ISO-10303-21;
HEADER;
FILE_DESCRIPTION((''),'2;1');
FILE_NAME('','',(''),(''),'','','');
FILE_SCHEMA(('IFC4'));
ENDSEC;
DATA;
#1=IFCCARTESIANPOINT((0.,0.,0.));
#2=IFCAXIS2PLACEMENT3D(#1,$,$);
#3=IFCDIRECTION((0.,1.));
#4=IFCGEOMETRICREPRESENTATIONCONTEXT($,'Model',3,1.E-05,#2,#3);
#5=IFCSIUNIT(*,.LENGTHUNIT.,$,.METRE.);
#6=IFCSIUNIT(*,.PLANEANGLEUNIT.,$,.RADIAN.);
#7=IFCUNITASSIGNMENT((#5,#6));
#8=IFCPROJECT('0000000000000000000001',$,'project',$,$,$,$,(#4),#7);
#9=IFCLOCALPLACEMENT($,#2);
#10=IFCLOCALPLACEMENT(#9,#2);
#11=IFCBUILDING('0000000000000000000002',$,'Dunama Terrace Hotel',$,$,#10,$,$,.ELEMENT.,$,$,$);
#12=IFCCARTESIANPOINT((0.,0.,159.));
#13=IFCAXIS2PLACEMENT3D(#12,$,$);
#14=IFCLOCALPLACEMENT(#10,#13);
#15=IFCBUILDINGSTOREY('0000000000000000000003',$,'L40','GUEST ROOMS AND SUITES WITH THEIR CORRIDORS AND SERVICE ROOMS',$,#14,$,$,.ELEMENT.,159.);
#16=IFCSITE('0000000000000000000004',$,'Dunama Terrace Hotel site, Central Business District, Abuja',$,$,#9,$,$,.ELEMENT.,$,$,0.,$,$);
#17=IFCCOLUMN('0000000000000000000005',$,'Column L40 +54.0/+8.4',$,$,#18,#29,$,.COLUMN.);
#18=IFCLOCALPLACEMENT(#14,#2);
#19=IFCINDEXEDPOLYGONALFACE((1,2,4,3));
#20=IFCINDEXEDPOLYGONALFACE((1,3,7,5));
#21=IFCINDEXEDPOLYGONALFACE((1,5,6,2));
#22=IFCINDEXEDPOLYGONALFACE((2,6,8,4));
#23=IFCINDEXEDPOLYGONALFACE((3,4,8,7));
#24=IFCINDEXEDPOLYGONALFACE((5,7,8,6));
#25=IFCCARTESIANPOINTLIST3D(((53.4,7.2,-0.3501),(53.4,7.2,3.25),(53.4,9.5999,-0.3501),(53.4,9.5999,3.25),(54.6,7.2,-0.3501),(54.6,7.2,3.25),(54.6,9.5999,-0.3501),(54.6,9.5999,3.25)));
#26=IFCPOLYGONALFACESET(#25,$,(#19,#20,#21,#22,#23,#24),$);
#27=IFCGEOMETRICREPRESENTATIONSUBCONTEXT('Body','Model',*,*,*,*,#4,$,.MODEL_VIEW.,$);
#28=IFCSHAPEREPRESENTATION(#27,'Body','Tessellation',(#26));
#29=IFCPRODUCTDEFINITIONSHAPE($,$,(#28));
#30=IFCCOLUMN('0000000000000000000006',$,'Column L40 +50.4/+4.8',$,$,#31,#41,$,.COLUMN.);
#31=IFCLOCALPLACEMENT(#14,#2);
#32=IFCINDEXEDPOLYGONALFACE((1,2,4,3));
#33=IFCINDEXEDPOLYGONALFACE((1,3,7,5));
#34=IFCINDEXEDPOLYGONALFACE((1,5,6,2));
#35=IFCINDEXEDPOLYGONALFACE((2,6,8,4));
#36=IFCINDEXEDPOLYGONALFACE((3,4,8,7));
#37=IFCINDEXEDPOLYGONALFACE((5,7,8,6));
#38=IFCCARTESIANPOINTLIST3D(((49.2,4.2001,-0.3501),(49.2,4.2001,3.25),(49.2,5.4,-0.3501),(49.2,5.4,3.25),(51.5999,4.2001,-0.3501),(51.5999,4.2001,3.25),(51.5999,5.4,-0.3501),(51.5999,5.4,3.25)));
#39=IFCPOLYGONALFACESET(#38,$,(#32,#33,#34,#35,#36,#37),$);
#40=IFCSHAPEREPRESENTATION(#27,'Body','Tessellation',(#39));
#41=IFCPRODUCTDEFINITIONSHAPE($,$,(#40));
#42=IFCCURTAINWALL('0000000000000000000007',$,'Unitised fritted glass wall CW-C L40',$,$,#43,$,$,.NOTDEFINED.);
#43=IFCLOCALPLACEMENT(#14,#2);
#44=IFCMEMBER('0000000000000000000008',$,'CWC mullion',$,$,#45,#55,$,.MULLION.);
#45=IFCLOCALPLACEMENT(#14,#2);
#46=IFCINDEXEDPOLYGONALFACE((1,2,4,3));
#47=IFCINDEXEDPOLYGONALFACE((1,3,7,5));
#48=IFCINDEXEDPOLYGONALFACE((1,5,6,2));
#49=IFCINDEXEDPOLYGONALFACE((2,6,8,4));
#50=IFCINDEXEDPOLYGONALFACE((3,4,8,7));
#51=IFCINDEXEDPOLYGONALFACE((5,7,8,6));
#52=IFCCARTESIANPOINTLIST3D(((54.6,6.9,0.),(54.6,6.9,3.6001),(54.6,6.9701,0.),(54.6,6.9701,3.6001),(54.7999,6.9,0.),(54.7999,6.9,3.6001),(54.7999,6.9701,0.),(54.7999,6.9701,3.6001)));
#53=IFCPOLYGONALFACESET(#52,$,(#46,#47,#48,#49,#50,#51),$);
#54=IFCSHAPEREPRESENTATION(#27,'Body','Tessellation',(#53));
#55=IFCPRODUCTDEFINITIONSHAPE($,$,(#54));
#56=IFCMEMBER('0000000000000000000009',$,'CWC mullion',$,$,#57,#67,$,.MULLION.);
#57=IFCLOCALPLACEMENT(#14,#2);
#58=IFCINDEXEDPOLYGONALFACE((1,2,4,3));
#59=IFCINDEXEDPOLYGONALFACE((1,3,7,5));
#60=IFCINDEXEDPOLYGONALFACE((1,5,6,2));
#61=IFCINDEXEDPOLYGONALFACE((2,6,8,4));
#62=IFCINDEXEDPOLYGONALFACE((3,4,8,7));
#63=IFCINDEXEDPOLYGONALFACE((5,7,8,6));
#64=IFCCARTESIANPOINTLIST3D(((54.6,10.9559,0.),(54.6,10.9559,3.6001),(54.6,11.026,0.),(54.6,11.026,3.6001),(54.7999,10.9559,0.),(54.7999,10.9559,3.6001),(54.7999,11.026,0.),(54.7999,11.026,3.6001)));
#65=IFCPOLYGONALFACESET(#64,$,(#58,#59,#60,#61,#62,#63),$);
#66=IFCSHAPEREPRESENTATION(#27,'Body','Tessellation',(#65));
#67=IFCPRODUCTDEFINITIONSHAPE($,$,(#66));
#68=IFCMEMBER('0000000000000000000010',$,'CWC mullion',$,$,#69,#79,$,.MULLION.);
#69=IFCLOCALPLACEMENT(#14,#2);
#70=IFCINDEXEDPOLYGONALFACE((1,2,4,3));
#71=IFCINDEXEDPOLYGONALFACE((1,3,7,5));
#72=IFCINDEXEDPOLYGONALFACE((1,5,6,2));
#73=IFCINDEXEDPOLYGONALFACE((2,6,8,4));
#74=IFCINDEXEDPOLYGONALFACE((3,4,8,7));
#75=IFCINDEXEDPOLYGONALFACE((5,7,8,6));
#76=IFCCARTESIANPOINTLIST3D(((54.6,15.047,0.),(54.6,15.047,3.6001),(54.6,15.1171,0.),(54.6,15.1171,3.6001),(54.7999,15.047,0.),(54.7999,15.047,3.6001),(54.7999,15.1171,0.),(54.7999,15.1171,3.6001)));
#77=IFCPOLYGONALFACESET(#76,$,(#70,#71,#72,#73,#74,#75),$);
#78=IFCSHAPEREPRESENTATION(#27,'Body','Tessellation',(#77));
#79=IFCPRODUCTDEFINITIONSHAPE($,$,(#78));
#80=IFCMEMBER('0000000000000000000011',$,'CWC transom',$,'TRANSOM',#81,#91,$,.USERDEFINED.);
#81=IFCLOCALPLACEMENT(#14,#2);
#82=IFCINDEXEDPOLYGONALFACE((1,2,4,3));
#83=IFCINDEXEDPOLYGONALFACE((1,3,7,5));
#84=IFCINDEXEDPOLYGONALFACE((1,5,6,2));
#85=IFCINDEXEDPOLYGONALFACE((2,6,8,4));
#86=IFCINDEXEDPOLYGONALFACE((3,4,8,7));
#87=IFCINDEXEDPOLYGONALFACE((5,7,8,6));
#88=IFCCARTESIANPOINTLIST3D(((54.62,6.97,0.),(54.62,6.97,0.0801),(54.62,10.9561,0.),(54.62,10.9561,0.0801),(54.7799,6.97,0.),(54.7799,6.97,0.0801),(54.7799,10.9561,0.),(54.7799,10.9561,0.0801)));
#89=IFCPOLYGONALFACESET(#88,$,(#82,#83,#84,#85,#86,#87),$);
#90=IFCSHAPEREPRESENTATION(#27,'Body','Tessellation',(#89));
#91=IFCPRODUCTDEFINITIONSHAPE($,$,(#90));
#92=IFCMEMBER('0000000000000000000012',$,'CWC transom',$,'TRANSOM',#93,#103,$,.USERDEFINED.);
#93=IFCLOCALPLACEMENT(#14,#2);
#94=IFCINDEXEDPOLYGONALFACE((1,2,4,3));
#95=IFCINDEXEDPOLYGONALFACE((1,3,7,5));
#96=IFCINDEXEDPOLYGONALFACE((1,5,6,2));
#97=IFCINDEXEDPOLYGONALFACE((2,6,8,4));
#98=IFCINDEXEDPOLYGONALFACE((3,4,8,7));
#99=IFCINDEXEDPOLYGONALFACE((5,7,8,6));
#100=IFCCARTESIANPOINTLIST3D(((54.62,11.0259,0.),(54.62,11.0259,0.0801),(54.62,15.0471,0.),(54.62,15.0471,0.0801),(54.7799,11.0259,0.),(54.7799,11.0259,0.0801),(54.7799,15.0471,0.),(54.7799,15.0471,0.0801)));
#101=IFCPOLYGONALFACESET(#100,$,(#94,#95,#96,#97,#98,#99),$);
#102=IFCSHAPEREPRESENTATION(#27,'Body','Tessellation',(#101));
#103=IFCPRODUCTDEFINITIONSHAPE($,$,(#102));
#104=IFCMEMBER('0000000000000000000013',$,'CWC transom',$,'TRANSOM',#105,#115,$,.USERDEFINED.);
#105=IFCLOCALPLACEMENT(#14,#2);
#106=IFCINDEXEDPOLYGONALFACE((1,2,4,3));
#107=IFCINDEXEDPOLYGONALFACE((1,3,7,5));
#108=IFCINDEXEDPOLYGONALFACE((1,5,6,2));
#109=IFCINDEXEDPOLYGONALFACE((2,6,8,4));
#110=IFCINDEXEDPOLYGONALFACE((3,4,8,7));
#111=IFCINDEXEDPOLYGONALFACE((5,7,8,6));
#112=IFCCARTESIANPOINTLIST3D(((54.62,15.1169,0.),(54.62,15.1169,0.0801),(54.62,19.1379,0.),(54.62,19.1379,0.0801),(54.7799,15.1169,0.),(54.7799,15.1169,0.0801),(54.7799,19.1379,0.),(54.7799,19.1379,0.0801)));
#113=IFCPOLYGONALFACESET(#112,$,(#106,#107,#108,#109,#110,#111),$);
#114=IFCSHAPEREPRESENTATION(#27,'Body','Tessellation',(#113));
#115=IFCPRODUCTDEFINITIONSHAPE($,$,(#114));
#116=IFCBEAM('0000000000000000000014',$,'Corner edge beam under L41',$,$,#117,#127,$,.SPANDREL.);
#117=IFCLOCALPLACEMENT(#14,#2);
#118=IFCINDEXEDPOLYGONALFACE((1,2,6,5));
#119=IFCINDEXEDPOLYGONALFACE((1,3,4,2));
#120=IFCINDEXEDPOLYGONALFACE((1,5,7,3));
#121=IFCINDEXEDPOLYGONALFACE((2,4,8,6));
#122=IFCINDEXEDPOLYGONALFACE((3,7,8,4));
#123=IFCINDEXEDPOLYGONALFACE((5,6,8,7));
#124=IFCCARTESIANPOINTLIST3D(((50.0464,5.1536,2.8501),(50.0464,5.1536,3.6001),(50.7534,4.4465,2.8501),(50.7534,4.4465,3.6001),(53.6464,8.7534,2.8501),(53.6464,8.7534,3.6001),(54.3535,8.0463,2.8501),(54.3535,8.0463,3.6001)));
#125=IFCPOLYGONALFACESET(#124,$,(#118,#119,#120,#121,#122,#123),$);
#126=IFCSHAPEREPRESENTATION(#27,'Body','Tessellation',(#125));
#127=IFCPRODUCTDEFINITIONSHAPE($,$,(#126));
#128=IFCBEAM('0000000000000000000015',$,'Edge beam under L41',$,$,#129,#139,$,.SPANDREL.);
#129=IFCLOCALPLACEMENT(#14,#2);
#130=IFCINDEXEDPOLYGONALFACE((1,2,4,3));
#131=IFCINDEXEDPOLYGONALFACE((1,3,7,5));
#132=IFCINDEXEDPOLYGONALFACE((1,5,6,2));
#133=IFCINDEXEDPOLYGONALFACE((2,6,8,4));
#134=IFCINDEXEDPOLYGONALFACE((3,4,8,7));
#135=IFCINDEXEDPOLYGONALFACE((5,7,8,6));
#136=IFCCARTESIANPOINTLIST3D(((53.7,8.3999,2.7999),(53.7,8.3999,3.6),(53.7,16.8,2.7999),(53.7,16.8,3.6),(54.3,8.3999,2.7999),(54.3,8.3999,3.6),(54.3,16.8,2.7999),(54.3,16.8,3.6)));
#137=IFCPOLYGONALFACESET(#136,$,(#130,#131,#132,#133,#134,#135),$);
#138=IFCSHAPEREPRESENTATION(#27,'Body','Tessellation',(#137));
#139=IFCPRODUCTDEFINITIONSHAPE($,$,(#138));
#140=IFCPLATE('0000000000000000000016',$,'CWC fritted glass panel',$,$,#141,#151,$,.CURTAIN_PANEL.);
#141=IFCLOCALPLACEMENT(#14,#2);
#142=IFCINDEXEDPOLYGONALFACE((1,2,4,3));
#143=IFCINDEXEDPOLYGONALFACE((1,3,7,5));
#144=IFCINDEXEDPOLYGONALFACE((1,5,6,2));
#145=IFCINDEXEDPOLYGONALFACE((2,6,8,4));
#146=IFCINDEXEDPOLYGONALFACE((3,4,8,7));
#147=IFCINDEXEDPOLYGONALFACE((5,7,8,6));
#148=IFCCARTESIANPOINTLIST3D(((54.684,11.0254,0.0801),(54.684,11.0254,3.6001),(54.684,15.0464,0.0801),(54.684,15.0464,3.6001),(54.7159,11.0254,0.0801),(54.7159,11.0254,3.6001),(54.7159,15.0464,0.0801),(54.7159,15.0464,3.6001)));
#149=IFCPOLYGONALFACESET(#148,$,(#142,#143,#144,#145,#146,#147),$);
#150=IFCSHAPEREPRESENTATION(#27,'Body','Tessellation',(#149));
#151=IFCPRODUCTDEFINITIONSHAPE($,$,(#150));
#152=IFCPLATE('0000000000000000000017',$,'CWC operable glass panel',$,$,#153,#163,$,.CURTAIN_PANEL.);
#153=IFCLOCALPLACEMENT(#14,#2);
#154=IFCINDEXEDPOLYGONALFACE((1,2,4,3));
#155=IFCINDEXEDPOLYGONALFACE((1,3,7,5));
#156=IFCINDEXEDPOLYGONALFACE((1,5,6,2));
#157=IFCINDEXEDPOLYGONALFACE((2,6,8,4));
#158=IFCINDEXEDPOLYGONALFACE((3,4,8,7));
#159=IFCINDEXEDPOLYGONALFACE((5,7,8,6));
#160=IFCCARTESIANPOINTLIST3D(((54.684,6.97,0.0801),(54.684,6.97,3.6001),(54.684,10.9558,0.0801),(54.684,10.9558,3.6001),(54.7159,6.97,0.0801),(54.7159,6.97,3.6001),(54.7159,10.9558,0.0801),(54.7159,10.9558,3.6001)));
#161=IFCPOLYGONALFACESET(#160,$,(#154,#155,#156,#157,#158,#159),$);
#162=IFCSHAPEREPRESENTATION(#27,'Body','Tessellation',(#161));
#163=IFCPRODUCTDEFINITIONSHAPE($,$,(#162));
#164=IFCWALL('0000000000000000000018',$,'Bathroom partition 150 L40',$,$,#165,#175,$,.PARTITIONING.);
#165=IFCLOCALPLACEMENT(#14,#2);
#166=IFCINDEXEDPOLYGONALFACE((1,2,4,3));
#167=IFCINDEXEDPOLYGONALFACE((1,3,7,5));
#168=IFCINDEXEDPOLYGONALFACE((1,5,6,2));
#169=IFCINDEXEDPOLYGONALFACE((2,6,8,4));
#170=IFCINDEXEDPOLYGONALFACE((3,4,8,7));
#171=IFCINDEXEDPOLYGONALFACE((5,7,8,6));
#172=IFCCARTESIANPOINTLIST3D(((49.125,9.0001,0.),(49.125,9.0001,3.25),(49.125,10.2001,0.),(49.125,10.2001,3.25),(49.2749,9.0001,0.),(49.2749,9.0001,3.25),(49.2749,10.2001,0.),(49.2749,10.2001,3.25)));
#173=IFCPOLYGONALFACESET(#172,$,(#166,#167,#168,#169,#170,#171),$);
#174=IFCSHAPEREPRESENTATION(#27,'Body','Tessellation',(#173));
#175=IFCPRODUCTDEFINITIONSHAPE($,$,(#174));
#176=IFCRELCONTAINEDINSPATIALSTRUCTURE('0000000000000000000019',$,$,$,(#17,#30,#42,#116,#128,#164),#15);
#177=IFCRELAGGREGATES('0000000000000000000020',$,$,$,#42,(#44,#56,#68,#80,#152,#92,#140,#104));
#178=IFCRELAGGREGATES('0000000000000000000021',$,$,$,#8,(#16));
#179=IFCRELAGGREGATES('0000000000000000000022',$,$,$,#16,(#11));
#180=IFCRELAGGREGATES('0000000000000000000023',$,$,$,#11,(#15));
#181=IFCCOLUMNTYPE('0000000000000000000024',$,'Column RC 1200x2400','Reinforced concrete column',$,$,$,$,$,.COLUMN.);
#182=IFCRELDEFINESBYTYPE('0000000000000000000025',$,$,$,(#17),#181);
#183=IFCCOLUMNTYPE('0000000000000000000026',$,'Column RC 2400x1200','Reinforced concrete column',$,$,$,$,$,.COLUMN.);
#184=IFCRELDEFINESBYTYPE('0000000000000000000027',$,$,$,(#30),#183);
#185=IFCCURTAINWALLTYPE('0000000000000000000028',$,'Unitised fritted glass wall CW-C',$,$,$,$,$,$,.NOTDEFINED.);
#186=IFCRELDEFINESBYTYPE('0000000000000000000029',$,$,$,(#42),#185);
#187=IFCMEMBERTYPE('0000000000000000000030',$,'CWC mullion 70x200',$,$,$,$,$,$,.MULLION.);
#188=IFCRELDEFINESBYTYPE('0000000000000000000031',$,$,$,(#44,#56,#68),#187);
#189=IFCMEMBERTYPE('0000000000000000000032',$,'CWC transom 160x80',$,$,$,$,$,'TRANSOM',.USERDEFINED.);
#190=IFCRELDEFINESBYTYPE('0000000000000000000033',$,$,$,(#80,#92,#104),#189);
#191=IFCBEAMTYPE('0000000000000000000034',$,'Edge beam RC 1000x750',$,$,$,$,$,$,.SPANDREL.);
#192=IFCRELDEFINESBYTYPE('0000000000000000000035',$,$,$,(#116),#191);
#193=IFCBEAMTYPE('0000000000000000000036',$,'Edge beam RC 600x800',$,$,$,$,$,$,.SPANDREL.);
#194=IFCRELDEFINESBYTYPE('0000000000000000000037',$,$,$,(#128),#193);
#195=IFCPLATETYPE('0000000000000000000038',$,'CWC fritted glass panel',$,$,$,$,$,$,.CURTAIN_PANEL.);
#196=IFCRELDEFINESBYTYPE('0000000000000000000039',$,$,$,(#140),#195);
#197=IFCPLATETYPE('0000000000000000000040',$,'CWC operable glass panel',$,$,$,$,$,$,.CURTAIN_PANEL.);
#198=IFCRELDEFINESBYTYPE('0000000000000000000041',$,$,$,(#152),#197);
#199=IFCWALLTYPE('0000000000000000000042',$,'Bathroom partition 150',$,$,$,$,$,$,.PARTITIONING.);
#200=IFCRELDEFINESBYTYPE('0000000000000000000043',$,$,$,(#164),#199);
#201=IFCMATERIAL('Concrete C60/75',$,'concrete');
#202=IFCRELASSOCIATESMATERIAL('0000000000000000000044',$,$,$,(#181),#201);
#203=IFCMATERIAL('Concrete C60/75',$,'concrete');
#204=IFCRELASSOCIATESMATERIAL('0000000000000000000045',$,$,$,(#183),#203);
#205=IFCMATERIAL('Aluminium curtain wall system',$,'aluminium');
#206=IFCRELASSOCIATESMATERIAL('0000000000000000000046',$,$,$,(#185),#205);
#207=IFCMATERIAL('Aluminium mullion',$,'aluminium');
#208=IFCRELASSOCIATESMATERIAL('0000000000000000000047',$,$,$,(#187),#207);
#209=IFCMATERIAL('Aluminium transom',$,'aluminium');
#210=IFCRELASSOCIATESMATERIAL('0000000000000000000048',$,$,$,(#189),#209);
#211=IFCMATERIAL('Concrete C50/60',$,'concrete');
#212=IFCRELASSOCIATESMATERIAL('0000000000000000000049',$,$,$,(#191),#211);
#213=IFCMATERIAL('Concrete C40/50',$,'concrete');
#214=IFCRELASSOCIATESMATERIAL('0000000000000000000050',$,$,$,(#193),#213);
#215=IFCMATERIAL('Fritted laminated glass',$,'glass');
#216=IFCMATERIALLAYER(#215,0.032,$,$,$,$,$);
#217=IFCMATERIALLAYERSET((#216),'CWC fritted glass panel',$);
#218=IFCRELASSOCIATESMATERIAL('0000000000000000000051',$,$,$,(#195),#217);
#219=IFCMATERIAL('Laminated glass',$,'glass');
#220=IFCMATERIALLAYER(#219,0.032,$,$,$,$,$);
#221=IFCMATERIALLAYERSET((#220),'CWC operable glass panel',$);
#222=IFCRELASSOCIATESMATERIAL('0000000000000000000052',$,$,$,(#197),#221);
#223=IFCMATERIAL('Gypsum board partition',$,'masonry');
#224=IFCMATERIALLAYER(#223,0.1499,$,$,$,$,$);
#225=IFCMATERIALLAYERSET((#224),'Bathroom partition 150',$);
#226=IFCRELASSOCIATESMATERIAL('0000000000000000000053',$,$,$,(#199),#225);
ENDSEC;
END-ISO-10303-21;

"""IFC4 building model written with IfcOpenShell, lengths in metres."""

from ifc_helpers import new_model, si_unit, direction, frame, frame_2d, origin, origin_2d, place, context, subcontext, project, spatial, rectangle, extrude, material, layer, layer_set, material_profile, profile_set, type_object, element, aggregate, save


model = new_model("IFC4")

# Units and contexts
model_context = context("Model", 3, precision=1e-05, world=origin(), true_north=direction((0.0, 1.0)))
body_context = subcontext(model_context, "Body", "Model", "MODEL_VIEW")
ifc_project = project(units=[si_unit("LENGTHUNIT", "METRE"), si_unit("PLANEANGLEUNIT", "RADIAN")], contexts=[model_context])

# Site, building, storey
site_placement = place(None, origin())
site = spatial("IfcSite", under=ifc_project, at=site_placement, Name="Dunama Terrace Hotel site, Central Business District, Abuja", CompositionType="ELEMENT", RefElevation=0.0)
building_placement = place(site_placement, origin())
building = spatial("IfcBuilding", under=site, at=building_placement, Name="Dunama Terrace Hotel", CompositionType="ELEMENT")
storey_placement = place(building_placement, frame((0.0, 0.0, 159.0)))
storey = spatial("IfcBuildingStorey", under=building, at=storey_placement, Name="L40", Description="GUEST ROOMS AND SUITES WITH THEIR CORRIDORS AND SERVICE ROOMS", CompositionType="ELEMENT", Elevation=159.0)

# Columns
ifc_material_1 = material(Name="Concrete C60/75", Category="concrete")
ifc_material_profile_1 = material_profile(ifc_material_1, rectangle(XDim=1.2, YDim=2.3999, at=origin_2d()), Name="RC 1200x2400")
ifc_profile_set_1 = profile_set([ifc_material_profile_1], Name="Concrete C60/75")
column_type_1 = type_object("IfcColumnType", Name="Column RC 1200x2400", Description="Reinforced concrete column", PredefinedType="COLUMN", material=ifc_profile_set_1)
column_1_placement = place(storey_placement, frame((54.0, 8.3999, -0.3501), z_axis=(0.0, 0.0, 1.0), x_axis=(1.0, 0.0, 0.0)))
element("IfcColumn", 1, at=column_1_placement, inside=storey, type_object=column_type_1, Name="Column L40 +54.0/+8.4", PredefinedType="COLUMN", context=body_context, shape_type="SweptSolid", body=[
    extrude(rectangle(XDim=1.2, YDim=2.3999, at=origin_2d()), origin(), (0.0, 0.0, 1.0), 3.6001),
])
ifc_material_2 = material(Name="Concrete C60/75", Category="concrete")
ifc_material_profile_2 = material_profile(ifc_material_2, rectangle(XDim=2.3999, YDim=1.2, at=origin_2d()), Name="RC 2400x1200")
ifc_profile_set_2 = profile_set([ifc_material_profile_2], Name="Concrete C60/75")
column_type_2 = type_object("IfcColumnType", Name="Column RC 2400x1200", Description="Reinforced concrete column", PredefinedType="COLUMN", material=ifc_profile_set_2)
column_2_placement = place(storey_placement, frame((50.3999, 4.8, -0.3501), z_axis=(0.0, 0.0, 1.0), x_axis=(1.0, 0.0, 0.0)))
element("IfcColumn", 2, at=column_2_placement, inside=storey, type_object=column_type_2, Name="Column L40 +50.4/+4.8", PredefinedType="COLUMN", context=body_context, shape_type="SweptSolid", body=[
    extrude(rectangle(XDim=2.3999, YDim=1.2, at=origin_2d()), origin(), (0.0, 0.0, 1.0), 3.6001),
])

# Curtain wall, members
ifc_material_3 = material(Name="Aluminium curtain wall system", Category="aluminium")
curtain_wall_type = type_object("IfcCurtainWallType", Name="Unitised fritted glass wall CW-C", PredefinedType="NOTDEFINED", material=ifc_material_3)
curtain_wall_placement = place(storey_placement, origin())
curtain_wall = element("IfcCurtainWall", 3, at=curtain_wall_placement, inside=storey, type_object=curtain_wall_type, Name="Unitised fritted glass wall CW-C L40", PredefinedType="NOTDEFINED")
ifc_material_4 = material(Name="Aluminium mullion", Category="aluminium")
ifc_material_profile_3 = material_profile(ifc_material_4, rectangle(XDim=0.0701, YDim=0.2, at=origin_2d()), Name="CWC MULLION 70X200")
ifc_profile_set_3 = profile_set([ifc_material_profile_3], Name="Aluminium mullion")
member_type_1 = type_object("IfcMemberType", Name="CWC mullion 70x200", PredefinedType="MULLION", material=ifc_profile_set_3)
member_1_placement = place(storey_placement, frame((54.7, 6.9351, 0.0), z_axis=(0.0, 0.0, 1.0), x_axis=(0.0, 1.0, 0.0)))
member_1 = element("IfcMember", 4, at=member_1_placement, type_object=member_type_1, Name="CWC mullion", PredefinedType="MULLION", context=body_context, shape_type="SweptSolid", body=[
    extrude(rectangle(XDim=0.0701, YDim=0.2, at=origin_2d()), origin(), (0.0, 0.0, 1.0), 3.6001),
])
member_2_placement = place(storey_placement, frame((54.7, 10.991, 0.0), z_axis=(0.0, 0.0, 1.0), x_axis=(0.0, 1.0, 0.0)))
member_2 = element("IfcMember", 5, at=member_2_placement, type_object=member_type_1, Name="CWC mullion", PredefinedType="MULLION", context=body_context, shape_type="SweptSolid", body=[
    extrude(rectangle(XDim=0.0701, YDim=0.2, at=origin_2d()), origin(), (0.0, 0.0, 1.0), 3.6001),
])
member_3_placement = place(storey_placement, frame((54.7, 15.082, 0.0), z_axis=(0.0, 0.0, 1.0), x_axis=(0.0, 1.0, 0.0)))
member_3 = element("IfcMember", 6, at=member_3_placement, type_object=member_type_1, Name="CWC mullion", PredefinedType="MULLION", context=body_context, shape_type="SweptSolid", body=[
    extrude(rectangle(XDim=0.0701, YDim=0.2, at=origin_2d()), origin(), (0.0, 0.0, 1.0), 3.6001),
])
ifc_material_5 = material(Name="Aluminium transom", Category="aluminium")
ifc_material_profile_4 = material_profile(ifc_material_5, rectangle(XDim=0.1599, YDim=0.0801, at=origin_2d()), Name="CWC TRANSOM 160X80")
ifc_profile_set_4 = profile_set([ifc_material_profile_4], Name="Aluminium transom")
member_type_2 = type_object("IfcMemberType", Name="CWC transom 160x80", ElementType="TRANSOM", PredefinedType="USERDEFINED", material=ifc_profile_set_4)
member_4_placement = place(storey_placement, frame((54.7, 6.97, 0.04), z_axis=(0.0, 1.0, 0.0), x_axis=(-1.0, 0.0, 0.0)))
member_4 = element("IfcMember", 7, at=member_4_placement, type_object=member_type_2, Name="CWC transom", ObjectType="TRANSOM", PredefinedType="USERDEFINED", context=body_context, shape_type="SweptSolid", body=[
    extrude(rectangle(XDim=0.1599, YDim=0.0801, at=origin_2d()), origin(), (0.0, 0.0, 1.0), 3.9861),
])
member_5_placement = place(storey_placement, frame((54.7, 11.0259, 0.04), z_axis=(0.0, 1.0, 0.0), x_axis=(-1.0, 0.0, 0.0)))
member_5 = element("IfcMember", 8, at=member_5_placement, type_object=member_type_2, Name="CWC transom", ObjectType="TRANSOM", PredefinedType="USERDEFINED", context=body_context, shape_type="SweptSolid", body=[
    extrude(rectangle(XDim=0.1599, YDim=0.0801, at=origin_2d()), origin(), (0.0, 0.0, 1.0), 4.0212),
])
member_6_placement = place(storey_placement, frame((54.7, 15.1169, 0.04), z_axis=(0.0, 1.0, 0.0), x_axis=(-1.0, 0.0, 0.0)))
member_6 = element("IfcMember", 9, at=member_6_placement, type_object=member_type_2, Name="CWC transom", ObjectType="TRANSOM", PredefinedType="USERDEFINED", context=body_context, shape_type="SweptSolid", body=[
    extrude(rectangle(XDim=0.1599, YDim=0.0801, at=origin_2d()), origin(), (0.0, 0.0, 1.0), 4.021),
])

# Beams
ifc_material_6 = material(Name="Concrete C50/60", Category="concrete")
ifc_material_profile_5 = material_profile(ifc_material_6, rectangle(XDim=1.0, YDim=0.75, at=origin_2d()), Name="RC 1000x750")
ifc_profile_set_5 = profile_set([ifc_material_profile_5], Name="Concrete C50/60")
beam_type_1 = type_object("IfcBeamType", Name="Edge beam RC 1000x750", PredefinedType="SPANDREL", material=ifc_profile_set_5)
beam_1_placement = place(storey_placement, frame((50.3999, 4.8, 3.2251), z_axis=(0.707131, 0.707083, 0.0), x_axis=(-0.707083, 0.707131, 0.0)))
element("IfcBeam", 10, at=beam_1_placement, inside=storey, type_object=beam_type_1, Name="Corner edge beam under L41", PredefinedType="SPANDREL", context=body_context, shape_type="SweptSolid", body=[
    extrude(rectangle(XDim=1.0, YDim=0.75, at=origin_2d()), origin(), (0.0, 0.0, 1.0), 5.0911),
])
ifc_material_7 = material(Name="Concrete C40/50", Category="concrete")
ifc_material_profile_6 = material_profile(ifc_material_7, rectangle(XDim=0.6001, YDim=0.8, at=origin_2d()), Name="RC 600x800")
ifc_profile_set_6 = profile_set([ifc_material_profile_6], Name="Concrete C40/50")
beam_type_2 = type_object("IfcBeamType", Name="Edge beam RC 600x800", PredefinedType="SPANDREL", material=ifc_profile_set_6)
beam_2_placement = place(storey_placement, frame((54.0, 8.3999, 3.2), z_axis=(0.0, 1.0, 0.0), x_axis=(-1.0, 0.0, 0.0)))
element("IfcBeam", 11, at=beam_2_placement, inside=storey, type_object=beam_type_2, Name="Edge beam under L41", PredefinedType="SPANDREL", context=body_context, shape_type="SweptSolid", body=[
    extrude(rectangle(XDim=0.6001, YDim=0.8, at=origin_2d()), origin(), (0.0, 0.0, 1.0), 8.4001),
])

# Plates
ifc_material_8 = material(Name="Fritted laminated glass", Category="glass")
ifc_layer_1 = layer(ifc_material_8, 0.032)
ifc_layer_set_1 = layer_set([ifc_layer_1], Name="CWC fritted glass panel")
plate_type_1 = type_object("IfcPlateType", Name="CWC fritted glass panel", PredefinedType="CURTAIN_PANEL", material=ifc_layer_set_1)
plate_1_placement = place(storey_placement, frame((54.7, 13.0359, 0.0801), z_axis=(0.0, 0.0, 1.0), x_axis=(0.0, 1.0, 0.0)))
plate_1 = element("IfcPlate", 12, at=plate_1_placement, type_object=plate_type_1, Name="CWC fritted glass panel", PredefinedType="CURTAIN_PANEL", context=body_context, shape_type="SweptSolid", body=[
    extrude(rectangle(XDim=4.021, YDim=0.032, at=origin_2d()), origin(), (0.0, 0.0, 1.0), 3.52),
])
ifc_material_9 = material(Name="Laminated glass", Category="glass")
ifc_layer_2 = layer(ifc_material_9, 0.032)
ifc_layer_set_2 = layer_set([ifc_layer_2], Name="CWC operable glass panel")
plate_type_2 = type_object("IfcPlateType", Name="CWC operable glass panel", PredefinedType="CURTAIN_PANEL", material=ifc_layer_set_2)
plate_2_placement = place(storey_placement, frame((54.7, 8.9629, 0.0801), z_axis=(0.0, 0.0, 1.0), x_axis=(0.0, 1.0, 0.0)))
plate_2 = element("IfcPlate", 13, at=plate_2_placement, type_object=plate_type_2, Name="CWC operable glass panel", PredefinedType="CURTAIN_PANEL", context=body_context, shape_type="SweptSolid", body=[
    extrude(rectangle(XDim=3.9858, YDim=0.032, at=origin_2d()), origin(), (0.0, 0.0, 1.0), 3.52),
])
aggregate(curtain_wall, [member_1, member_2, member_3, member_4, plate_2, member_5, plate_1, member_6])

# Wall
ifc_material_10 = material(Name="Gypsum board partition", Category="masonry")
ifc_layer_3 = layer(ifc_material_10, 0.1499)
ifc_layer_set_3 = layer_set([ifc_layer_3], Name="Bathroom partition 150")
wall_type_1 = type_object("IfcWallType", Name="Bathroom partition 150", PredefinedType="PARTITIONING", material=ifc_layer_set_3)
wall_1_placement = place(storey_placement, frame((49.2, 9.0, 0.0), z_axis=(0.0, 0.0, 1.0), x_axis=(0.0, 1.0, 0.0)))
element("IfcWall", 14, at=wall_1_placement, inside=storey, type_object=wall_type_1, Name="Bathroom partition 150 L40", PredefinedType="PARTITIONING", context=body_context, shape_type="SweptSolid", body=[
    extrude(rectangle(XDim=1.2, YDim=0.1499, at=frame_2d((0.6001, 0.0))), origin(), (0.0, 0.0, 1.0), 3.25),
])

save(model, "model.ifc")
